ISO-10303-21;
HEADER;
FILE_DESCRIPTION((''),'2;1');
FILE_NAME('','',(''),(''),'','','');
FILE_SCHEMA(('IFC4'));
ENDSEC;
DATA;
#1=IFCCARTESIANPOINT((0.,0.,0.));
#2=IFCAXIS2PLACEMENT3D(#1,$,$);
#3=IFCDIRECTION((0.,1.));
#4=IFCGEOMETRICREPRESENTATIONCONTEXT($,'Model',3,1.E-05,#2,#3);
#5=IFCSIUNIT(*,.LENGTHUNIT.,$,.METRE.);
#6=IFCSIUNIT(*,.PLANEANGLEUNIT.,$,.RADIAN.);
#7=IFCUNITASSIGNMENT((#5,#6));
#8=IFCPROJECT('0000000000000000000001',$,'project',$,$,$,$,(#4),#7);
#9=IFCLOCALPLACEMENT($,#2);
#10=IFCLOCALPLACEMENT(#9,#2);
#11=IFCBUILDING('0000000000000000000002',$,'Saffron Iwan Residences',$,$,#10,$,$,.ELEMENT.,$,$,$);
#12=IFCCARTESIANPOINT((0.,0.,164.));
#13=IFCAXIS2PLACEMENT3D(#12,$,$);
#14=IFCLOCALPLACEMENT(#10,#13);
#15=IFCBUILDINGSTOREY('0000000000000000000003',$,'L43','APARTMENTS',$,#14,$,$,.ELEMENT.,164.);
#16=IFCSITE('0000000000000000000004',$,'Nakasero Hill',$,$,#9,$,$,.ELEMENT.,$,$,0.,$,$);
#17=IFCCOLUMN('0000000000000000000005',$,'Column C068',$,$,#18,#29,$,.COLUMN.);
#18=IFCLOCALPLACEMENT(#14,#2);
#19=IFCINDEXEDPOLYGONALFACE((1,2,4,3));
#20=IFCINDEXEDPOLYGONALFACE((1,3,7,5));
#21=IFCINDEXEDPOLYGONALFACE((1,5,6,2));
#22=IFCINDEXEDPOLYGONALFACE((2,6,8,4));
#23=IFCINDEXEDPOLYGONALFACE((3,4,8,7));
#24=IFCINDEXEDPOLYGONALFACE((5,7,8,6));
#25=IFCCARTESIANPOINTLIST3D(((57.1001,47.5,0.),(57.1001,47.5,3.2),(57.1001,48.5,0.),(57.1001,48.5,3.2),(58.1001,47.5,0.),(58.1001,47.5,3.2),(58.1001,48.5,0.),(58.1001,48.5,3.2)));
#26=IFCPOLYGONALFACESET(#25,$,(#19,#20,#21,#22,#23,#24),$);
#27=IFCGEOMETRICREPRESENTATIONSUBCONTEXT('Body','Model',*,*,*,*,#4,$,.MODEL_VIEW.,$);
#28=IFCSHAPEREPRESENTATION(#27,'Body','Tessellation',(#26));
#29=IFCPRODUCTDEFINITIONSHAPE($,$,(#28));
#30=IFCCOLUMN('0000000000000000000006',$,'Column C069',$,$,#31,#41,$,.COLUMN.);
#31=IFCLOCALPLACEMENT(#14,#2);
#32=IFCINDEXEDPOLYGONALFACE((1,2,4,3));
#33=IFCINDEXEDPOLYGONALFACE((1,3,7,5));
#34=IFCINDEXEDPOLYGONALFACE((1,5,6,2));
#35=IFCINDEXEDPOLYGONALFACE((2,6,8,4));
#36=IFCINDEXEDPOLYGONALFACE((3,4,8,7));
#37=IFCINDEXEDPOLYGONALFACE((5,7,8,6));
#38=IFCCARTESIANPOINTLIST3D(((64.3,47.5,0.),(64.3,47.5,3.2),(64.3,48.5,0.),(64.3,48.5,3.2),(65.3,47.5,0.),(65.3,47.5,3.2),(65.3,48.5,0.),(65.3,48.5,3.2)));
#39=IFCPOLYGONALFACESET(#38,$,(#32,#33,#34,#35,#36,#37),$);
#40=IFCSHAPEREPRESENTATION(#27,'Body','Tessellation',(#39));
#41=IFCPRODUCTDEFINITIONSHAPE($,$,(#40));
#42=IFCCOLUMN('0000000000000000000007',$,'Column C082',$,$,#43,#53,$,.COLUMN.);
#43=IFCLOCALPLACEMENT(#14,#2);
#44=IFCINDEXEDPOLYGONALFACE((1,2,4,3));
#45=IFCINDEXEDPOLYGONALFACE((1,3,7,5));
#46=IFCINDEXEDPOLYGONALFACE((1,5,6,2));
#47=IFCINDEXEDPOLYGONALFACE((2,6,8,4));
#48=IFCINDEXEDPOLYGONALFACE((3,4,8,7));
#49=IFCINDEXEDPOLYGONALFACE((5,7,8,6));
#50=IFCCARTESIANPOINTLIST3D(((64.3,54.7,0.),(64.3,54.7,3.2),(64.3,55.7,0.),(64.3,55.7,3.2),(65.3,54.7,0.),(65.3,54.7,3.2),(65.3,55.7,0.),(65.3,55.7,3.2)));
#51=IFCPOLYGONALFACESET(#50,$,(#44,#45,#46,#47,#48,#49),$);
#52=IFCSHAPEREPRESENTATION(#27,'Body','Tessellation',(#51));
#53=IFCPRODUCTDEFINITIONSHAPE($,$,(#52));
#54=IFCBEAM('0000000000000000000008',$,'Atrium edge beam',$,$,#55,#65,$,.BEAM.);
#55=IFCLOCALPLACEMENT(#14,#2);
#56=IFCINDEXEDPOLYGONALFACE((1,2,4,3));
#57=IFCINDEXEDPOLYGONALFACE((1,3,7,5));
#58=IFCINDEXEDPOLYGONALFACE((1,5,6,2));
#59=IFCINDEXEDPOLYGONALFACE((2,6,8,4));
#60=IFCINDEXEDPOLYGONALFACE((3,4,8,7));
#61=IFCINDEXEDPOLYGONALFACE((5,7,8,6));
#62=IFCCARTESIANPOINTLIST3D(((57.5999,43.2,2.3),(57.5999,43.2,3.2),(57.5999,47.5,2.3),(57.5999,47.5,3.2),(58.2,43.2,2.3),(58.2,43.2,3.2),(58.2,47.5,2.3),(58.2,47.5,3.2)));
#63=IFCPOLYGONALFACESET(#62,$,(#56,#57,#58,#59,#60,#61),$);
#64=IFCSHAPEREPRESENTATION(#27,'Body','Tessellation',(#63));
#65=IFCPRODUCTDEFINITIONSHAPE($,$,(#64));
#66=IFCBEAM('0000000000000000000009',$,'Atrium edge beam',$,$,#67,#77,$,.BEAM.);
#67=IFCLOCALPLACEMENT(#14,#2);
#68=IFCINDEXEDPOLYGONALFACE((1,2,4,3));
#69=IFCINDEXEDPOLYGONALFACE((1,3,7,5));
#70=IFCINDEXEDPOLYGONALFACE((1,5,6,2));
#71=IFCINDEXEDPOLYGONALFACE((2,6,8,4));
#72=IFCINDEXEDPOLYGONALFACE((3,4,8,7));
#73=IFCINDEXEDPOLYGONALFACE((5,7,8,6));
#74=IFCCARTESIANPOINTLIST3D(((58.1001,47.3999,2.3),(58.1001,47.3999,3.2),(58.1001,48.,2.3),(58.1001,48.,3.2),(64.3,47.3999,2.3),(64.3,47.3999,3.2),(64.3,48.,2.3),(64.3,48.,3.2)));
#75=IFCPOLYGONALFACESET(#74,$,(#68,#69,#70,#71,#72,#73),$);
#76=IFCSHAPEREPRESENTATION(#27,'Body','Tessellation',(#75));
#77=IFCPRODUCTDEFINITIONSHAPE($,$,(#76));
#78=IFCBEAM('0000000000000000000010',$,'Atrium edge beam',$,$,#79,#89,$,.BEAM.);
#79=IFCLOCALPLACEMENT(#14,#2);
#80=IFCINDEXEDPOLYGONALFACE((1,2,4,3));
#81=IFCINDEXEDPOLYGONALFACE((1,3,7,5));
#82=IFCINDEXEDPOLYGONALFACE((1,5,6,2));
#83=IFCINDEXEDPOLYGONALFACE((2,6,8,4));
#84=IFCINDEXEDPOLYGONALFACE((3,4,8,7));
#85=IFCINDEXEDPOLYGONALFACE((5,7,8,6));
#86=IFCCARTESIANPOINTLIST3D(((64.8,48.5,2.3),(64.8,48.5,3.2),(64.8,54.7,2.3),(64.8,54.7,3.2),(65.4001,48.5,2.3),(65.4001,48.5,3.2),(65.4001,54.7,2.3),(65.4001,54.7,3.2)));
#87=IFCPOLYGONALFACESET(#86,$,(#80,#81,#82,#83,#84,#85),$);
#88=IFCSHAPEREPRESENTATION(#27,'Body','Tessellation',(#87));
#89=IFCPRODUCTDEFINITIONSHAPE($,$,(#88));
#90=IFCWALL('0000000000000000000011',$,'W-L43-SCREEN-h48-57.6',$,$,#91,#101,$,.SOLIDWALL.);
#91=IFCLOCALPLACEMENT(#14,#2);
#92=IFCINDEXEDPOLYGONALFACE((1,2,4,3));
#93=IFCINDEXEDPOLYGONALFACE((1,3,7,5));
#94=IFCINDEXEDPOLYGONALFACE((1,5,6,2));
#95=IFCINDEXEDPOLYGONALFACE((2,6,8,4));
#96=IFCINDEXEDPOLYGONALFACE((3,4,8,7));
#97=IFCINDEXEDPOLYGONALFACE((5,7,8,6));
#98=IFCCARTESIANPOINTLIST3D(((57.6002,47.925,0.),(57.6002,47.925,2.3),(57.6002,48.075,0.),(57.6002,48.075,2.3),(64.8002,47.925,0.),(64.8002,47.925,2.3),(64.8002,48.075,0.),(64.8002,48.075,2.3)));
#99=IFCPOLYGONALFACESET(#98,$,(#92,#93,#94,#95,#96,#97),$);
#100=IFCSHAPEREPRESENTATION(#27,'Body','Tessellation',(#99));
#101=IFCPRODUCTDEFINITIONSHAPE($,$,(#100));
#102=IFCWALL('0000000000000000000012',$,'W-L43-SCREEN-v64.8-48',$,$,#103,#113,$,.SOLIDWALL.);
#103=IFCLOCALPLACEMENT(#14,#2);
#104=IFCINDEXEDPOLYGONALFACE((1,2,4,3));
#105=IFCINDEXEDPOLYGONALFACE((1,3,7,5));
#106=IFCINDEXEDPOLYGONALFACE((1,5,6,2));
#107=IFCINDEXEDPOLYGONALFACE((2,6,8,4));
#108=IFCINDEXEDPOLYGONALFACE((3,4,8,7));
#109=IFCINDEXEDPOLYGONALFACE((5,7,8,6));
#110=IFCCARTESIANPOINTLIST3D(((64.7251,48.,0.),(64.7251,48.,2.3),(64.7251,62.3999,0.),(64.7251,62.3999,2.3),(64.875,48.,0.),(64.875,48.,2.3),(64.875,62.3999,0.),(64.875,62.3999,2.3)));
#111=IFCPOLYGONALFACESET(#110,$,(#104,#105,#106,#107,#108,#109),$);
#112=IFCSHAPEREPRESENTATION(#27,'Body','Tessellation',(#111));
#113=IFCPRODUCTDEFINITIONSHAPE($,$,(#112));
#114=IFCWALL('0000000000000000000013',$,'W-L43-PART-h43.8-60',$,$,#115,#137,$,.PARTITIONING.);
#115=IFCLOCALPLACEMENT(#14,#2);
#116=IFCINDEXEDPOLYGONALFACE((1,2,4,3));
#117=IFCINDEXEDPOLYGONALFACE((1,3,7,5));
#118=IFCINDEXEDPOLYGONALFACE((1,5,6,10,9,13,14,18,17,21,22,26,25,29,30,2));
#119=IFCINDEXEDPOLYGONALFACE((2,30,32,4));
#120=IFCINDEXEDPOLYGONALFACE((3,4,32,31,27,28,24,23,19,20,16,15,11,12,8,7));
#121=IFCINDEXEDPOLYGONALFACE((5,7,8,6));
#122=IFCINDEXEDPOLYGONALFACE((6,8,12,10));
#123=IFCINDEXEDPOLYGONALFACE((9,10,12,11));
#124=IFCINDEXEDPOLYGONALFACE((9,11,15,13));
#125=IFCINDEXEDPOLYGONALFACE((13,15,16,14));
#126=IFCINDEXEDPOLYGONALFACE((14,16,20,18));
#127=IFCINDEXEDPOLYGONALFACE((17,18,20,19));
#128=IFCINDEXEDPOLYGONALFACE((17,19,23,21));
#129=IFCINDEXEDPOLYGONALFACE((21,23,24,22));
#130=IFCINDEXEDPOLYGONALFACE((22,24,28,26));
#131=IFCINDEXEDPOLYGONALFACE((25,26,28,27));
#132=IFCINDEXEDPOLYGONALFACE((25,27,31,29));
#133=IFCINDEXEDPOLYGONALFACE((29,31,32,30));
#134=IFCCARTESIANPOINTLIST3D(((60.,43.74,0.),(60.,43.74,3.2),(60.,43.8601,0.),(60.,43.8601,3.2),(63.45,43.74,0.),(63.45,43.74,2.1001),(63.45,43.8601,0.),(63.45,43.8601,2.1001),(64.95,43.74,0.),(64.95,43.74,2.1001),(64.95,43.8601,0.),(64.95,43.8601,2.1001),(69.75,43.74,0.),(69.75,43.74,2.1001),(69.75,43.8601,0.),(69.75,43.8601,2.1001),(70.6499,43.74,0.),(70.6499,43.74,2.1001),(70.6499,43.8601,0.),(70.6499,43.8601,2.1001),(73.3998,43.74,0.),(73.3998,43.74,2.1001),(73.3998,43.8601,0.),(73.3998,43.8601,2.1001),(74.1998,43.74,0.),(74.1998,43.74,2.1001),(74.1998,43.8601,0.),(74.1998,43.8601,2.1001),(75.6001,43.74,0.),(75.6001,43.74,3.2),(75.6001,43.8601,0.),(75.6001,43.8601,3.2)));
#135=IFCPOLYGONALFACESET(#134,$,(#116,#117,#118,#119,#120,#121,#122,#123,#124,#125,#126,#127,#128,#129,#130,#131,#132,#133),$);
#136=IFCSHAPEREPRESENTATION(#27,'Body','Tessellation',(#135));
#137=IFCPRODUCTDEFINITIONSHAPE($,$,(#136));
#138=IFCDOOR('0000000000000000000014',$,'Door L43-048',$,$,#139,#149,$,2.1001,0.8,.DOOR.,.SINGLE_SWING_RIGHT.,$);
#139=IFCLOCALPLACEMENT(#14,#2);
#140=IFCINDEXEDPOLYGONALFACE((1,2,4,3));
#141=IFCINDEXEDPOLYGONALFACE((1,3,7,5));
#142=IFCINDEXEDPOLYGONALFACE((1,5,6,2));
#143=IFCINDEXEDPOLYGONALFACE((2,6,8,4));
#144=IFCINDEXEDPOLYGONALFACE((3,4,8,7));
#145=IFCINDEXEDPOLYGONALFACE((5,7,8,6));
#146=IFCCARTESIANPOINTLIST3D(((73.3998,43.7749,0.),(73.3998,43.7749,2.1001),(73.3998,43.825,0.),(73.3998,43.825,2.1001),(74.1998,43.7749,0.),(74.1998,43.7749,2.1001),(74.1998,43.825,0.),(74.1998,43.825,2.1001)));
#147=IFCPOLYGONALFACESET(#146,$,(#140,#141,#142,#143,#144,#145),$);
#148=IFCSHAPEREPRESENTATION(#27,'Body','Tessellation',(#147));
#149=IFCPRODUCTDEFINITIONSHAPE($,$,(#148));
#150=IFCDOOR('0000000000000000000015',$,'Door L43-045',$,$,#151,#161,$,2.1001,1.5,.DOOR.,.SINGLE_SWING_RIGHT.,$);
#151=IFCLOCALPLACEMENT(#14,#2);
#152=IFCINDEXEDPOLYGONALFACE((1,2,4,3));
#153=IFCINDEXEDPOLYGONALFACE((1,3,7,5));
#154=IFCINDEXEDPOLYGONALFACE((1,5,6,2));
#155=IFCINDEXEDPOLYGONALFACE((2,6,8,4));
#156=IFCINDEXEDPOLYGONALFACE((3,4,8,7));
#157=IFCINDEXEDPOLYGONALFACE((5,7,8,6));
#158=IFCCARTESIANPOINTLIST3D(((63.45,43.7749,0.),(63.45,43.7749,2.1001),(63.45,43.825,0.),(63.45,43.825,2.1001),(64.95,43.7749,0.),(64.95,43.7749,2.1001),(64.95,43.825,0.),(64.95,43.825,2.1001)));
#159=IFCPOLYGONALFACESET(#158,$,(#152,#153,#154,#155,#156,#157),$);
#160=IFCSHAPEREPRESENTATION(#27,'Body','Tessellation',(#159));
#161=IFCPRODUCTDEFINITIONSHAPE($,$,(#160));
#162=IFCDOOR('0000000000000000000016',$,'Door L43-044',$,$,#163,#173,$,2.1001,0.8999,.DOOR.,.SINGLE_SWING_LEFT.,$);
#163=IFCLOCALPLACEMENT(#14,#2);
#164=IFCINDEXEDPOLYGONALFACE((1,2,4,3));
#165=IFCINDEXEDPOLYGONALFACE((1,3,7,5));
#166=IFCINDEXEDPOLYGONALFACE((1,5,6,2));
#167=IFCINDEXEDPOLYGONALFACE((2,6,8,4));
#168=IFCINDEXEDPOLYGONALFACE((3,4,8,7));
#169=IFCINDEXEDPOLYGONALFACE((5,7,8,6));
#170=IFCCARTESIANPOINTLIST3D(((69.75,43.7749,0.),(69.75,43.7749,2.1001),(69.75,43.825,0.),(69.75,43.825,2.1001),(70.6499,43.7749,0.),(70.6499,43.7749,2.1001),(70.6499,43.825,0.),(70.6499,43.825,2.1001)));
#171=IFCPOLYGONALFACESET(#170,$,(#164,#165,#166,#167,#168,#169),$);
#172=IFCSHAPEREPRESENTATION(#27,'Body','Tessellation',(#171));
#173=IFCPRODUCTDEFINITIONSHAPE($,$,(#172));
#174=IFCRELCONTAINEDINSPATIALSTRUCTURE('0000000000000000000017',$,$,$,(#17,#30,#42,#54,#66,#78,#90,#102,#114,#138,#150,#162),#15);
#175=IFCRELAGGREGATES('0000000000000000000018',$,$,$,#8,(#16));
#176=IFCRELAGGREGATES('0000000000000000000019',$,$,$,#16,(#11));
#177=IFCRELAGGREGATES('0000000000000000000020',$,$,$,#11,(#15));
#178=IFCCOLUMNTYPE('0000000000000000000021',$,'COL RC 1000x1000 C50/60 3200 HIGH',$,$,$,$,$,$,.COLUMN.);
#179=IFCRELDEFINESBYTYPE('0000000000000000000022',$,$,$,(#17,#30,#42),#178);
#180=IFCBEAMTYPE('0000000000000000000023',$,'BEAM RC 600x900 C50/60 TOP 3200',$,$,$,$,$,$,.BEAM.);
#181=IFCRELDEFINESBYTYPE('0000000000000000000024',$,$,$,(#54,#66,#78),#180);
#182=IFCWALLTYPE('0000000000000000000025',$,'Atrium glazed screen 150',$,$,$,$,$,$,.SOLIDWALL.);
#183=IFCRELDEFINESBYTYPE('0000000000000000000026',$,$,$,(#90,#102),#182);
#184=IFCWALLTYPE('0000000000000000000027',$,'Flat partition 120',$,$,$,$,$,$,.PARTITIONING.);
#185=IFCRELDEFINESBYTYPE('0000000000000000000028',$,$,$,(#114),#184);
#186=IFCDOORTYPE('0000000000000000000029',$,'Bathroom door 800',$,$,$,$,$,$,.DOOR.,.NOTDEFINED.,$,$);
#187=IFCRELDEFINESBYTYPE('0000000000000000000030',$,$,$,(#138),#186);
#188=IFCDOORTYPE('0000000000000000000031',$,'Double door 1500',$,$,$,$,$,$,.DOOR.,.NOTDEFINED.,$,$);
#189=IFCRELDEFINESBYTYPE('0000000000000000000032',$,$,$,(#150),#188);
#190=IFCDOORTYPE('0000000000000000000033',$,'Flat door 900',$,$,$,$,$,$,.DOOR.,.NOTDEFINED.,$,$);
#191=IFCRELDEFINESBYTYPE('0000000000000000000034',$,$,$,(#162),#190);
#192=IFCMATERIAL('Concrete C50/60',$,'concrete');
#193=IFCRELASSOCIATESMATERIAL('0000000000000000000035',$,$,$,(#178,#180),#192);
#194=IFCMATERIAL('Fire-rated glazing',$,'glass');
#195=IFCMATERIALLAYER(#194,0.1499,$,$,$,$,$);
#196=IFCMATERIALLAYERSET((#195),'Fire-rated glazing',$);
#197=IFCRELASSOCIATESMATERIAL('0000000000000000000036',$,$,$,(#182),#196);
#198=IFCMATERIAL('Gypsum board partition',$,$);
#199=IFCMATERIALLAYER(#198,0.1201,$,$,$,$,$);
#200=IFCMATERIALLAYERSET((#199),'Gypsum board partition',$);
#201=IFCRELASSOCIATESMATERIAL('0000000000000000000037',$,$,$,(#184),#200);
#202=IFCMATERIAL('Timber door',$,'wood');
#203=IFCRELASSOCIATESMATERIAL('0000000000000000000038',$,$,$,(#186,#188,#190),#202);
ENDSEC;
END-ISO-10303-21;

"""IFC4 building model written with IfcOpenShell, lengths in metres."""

from ifc_helpers import new_model, si_unit, direction, frame, frame_2d, origin, origin_2d, place, context, subcontext, project, spatial, rectangle, extrude, source, transform, mapped, material, layer, layer_set, material_profile, profile_set, type_object, element, fill, save


model = new_model("IFC4")

# Units and contexts
model_context = context("Model", 3, precision=1e-05, world=origin(), true_north=direction((0.0, 1.0)))
body_context = subcontext(model_context, "Body", "Model", "MODEL_VIEW")
ifc_project = project(units=[si_unit("LENGTHUNIT", "METRE"), si_unit("PLANEANGLEUNIT", "RADIAN")], contexts=[model_context])

# Site, building, storey
site_placement = place(None, origin())
site = spatial("IfcSite", under=ifc_project, at=site_placement, Name="Nakasero Hill", CompositionType="ELEMENT", RefElevation=0.0)
building_placement = place(site_placement, origin())
building = spatial("IfcBuilding", under=site, at=building_placement, Name="Saffron Iwan Residences", CompositionType="ELEMENT")
storey_placement = place(building_placement, frame((0.0, 0.0, 164.0)))
storey = spatial("IfcBuildingStorey", under=building, at=storey_placement, Name="L43", Description="APARTMENTS", CompositionType="ELEMENT", Elevation=164.0)

# Columns
ifc_material_1 = material(Name="Concrete C50/60", Category="concrete")
ifc_material_profile_1 = material_profile(ifc_material_1, rectangle(XDim=1.0, YDim=1.0, at=origin_2d()), Name="RC 1000x1000")
ifc_profile_set_1 = profile_set([ifc_material_profile_1], Name="Concrete C50/60")
column_type = type_object("IfcColumnType", Name="COL RC 1000x1000 C50/60 3200 HIGH", PredefinedType="COLUMN", material=ifc_profile_set_1)
shared_shape_1 = source(origin(), body_context, "Body", "SweptSolid", [
    extrude(rectangle(XDim=1.0, YDim=1.0, at=origin_2d()), origin(), (0.0, 0.0, 1.0), 3.2),
])
for number, where, z_axis, x_axis, name in (
    (1, (57.6001, 48.0, 0.0), (0.0, 0.0, 1.0), (1.0, 0.0, 0.0), "Column C068"),
    (2, (64.8, 48.0, 0.0), (0.0, 0.0, 1.0), (1.0, 0.0, 0.0), "Column C069"),
    (3, (64.8, 55.2, 0.0), (0.0, 0.0, 1.0), (1.0, 0.0, 0.0), "Column C082"),
):
    element("IfcColumn", number, at=place(storey_placement, frame(where, z_axis=z_axis, x_axis=x_axis)), inside=storey, type_object=column_type, Name=name, PredefinedType="COLUMN", context=body_context, shape_type="MappedRepresentation", body=[
        mapped(shared_shape_1, transform((0.0, 0.0, 0.0))),
    ])

# Beams
ifc_material_profile_2 = material_profile(ifc_material_1, rectangle(XDim=0.6001, YDim=0.8999, at=origin_2d()), Name="RC 600x900")
ifc_profile_set_2 = profile_set([ifc_material_profile_2], Name="Concrete C50/60")
beam_type = type_object("IfcBeamType", Name="BEAM RC 600x900 C50/60 TOP 3200", PredefinedType="BEAM", material=ifc_profile_set_2)
shared_shape_2 = source(origin(), body_context, "Body", "SweptSolid", [
    extrude(rectangle(XDim=0.6001, YDim=0.8999, at=origin_2d()), origin(), (0.0, 0.0, 1.0), 4.3),
])
beam_placement = place(storey_placement, frame((57.8999, 47.5, 2.75), z_axis=(0.0, -1.0, 0.0), x_axis=(1.0, 0.0, 0.0)))
element("IfcBeam", 4, at=beam_placement, inside=storey, type_object=beam_type, Name="Atrium edge beam", PredefinedType="BEAM", context=body_context, shape_type="MappedRepresentation", body=[
    mapped(shared_shape_2, transform((0.0, 0.0, 0.0))),
])
shared_shape_3 = source(origin(), body_context, "Body", "SweptSolid", [
    extrude(rectangle(XDim=0.6001, YDim=0.8999, at=origin_2d()), origin(), (0.0, 0.0, 1.0), 6.2),
])
for number, where, z_axis, x_axis, name in (
    (5, (64.3, 47.7, 2.75), (-1.0, 0.0, 0.0), (0.0, -1.0, 0.0), "Atrium edge beam"),
    (6, (65.1001, 54.7, 2.75), (0.0, -1.0, 0.0), (1.0, 0.0, 0.0), "Atrium edge beam"),
):
    element("IfcBeam", number, at=place(storey_placement, frame(where, z_axis=z_axis, x_axis=x_axis)), inside=storey, type_object=beam_type, Name=name, PredefinedType="BEAM", context=body_context, shape_type="MappedRepresentation", body=[
        mapped(shared_shape_3, transform((0.0, 0.0, 0.0))),
    ])

# Walls
ifc_material_2 = material(Name="Fire-rated glazing", Category="glass")
ifc_layer_1 = layer(ifc_material_2, 0.1499)
ifc_layer_set_1 = layer_set([ifc_layer_1], Name="Fire-rated glazing")
wall_type_1 = type_object("IfcWallType", Name="Atrium glazed screen 150", PredefinedType="SOLIDWALL", material=ifc_layer_set_1)
wall_1_placement = place(storey_placement, frame((57.6001, 48.0, 0.0), z_axis=(0.0, 0.0, 1.0), x_axis=(1.0, 0.0, 0.0)))
element("IfcWall", 7, at=wall_1_placement, inside=storey, type_object=wall_type_1, Name="W-L43-SCREEN-h48-57.6", PredefinedType="SOLIDWALL", context=body_context, shape_type="SweptSolid", body=[
    extrude(rectangle(XDim=7.2, YDim=0.1499, at=frame_2d((3.6001, 0.0))), origin(), (0.0, 0.0, 1.0), 2.3),
])
wall_2_placement = place(storey_placement, frame((64.8, 48.0, 0.0), z_axis=(0.0, 0.0, 1.0), x_axis=(0.0, 1.0, 0.0)))
element("IfcWall", 8, at=wall_2_placement, inside=storey, type_object=wall_type_1, Name="W-L43-SCREEN-v64.8-48", PredefinedType="SOLIDWALL", context=body_context, shape_type="SweptSolid", body=[
    extrude(rectangle(XDim=14.3999, YDim=0.1499, at=frame_2d((7.2, 0.0))), origin(), (0.0, 0.0, 1.0), 2.3),
])

# Wall, openings, doors
ifc_material_3 = material(Name="Gypsum board partition")
ifc_layer_2 = layer(ifc_material_3, 0.1201)
ifc_layer_set_2 = layer_set([ifc_layer_2], Name="Gypsum board partition")
wall_type_2 = type_object("IfcWallType", Name="Flat partition 120", PredefinedType="PARTITIONING", material=ifc_layer_set_2)
wall_3_placement = place(storey_placement, frame((60.0, 43.8, 0.0), z_axis=(0.0, 0.0, 1.0), x_axis=(1.0, 0.0, 0.0)))
wall_3 = element("IfcWall", 9, at=wall_3_placement, inside=storey, type_object=wall_type_2, Name="W-L43-PART-h43.8-60", PredefinedType="PARTITIONING", context=body_context, shape_type="SweptSolid", body=[
    extrude(rectangle(XDim=15.6001, YDim=0.1201, at=frame_2d((7.8, 0.0))), origin(), (0.0, 0.0, 1.0), 3.2),
])
opening_1_placement = place(wall_3_placement, frame((9.75, 0.0, 0.0)))
opening_1 = element("IfcOpeningElement", 10, at=opening_1_placement, cuts=wall_3, PredefinedType="OPENING", context=body_context, shape_type="SweptSolid", body=[
    extrude(rectangle(XDim=0.8999, YDim=2.1001, at=frame_2d((0.45, 1.05))), frame((0.0, 0.0701, 0.0), z_axis=(0.0, -1.0, 0.0), x_axis=(1.0, 0.0, 0.0)), (0.0, 0.0, 1.0), 0.1401),
])
opening_2_placement = place(wall_3_placement, frame((3.45, 0.0, 0.0)))
opening_2 = element("IfcOpeningElement", 11, at=opening_2_placement, cuts=wall_3, PredefinedType="OPENING", context=body_context, shape_type="SweptSolid", body=[
    extrude(rectangle(XDim=1.5, YDim=2.1001, at=frame_2d((0.75, 1.05))), frame((0.0, 0.0701, 0.0), z_axis=(0.0, -1.0, 0.0), x_axis=(1.0, 0.0, 0.0)), (0.0, 0.0, 1.0), 0.1401),
])
opening_3_placement = place(wall_3_placement, frame((13.3999, 0.0, 0.0)))
opening_3 = element("IfcOpeningElement", 12, at=opening_3_placement, cuts=wall_3, PredefinedType="OPENING", context=body_context, shape_type="SweptSolid", body=[
    extrude(rectangle(XDim=0.8, YDim=2.1001, at=frame_2d((0.3999, 1.05))), frame((0.0, 0.0701, 0.0), z_axis=(0.0, -1.0, 0.0), x_axis=(1.0, 0.0, 0.0)), (0.0, 0.0, 1.0), 0.1401),
])
ifc_material_4 = material(Name="Timber door", Category="wood")
door_type_1 = type_object("IfcDoorType", Name="Bathroom door 800", OperationType="NOTDEFINED", PredefinedType="DOOR", material=ifc_material_4)
door_1_placement = place(opening_3_placement, origin())
door_1 = element("IfcDoor", 13, at=door_1_placement, inside=storey, type_object=door_type_1, Name="Door L43-048", OperationType="SINGLE_SWING_RIGHT", OverallHeight=2.1001, OverallWidth=0.8, PredefinedType="DOOR", context=body_context, shape_type="SweptSolid", body=[
    extrude(rectangle(XDim=0.8, YDim=2.1001, at=frame_2d((0.3999, 1.05))), frame((0.0, 0.0249, 0.0), z_axis=(0.0, -1.0, 0.0), x_axis=(1.0, 0.0, 0.0)), (0.0, 0.0, 1.0), 0.05),
])
fill(opening_3, door_1)
door_type_2 = type_object("IfcDoorType", Name="Double door 1500", OperationType="NOTDEFINED", PredefinedType="DOOR", material=ifc_material_4)
door_2_placement = place(opening_2_placement, origin())
door_2 = element("IfcDoor", 14, at=door_2_placement, inside=storey, type_object=door_type_2, Name="Door L43-045", OperationType="SINGLE_SWING_RIGHT", OverallHeight=2.1001, OverallWidth=1.5, PredefinedType="DOOR", context=body_context, shape_type="SweptSolid", body=[
    extrude(rectangle(XDim=1.5, YDim=2.1001, at=frame_2d((0.75, 1.05))), frame((0.0, 0.0249, 0.0), z_axis=(0.0, -1.0, 0.0), x_axis=(1.0, 0.0, 0.0)), (0.0, 0.0, 1.0), 0.05),
])
fill(opening_2, door_2)
door_type_3 = type_object("IfcDoorType", Name="Flat door 900", OperationType="NOTDEFINED", PredefinedType="DOOR", material=ifc_material_4)
door_3_placement = place(opening_1_placement, origin())
door_3 = element("IfcDoor", 15, at=door_3_placement, inside=storey, type_object=door_type_3, Name="Door L43-044", OperationType="SINGLE_SWING_LEFT", OverallHeight=2.1001, OverallWidth=0.8999, PredefinedType="DOOR", context=body_context, shape_type="SweptSolid", body=[
    extrude(rectangle(XDim=0.8999, YDim=2.1001, at=frame_2d((0.45, 1.05))), frame((0.0, 0.0249, 0.0), z_axis=(0.0, -1.0, 0.0), x_axis=(1.0, 0.0, 0.0)), (0.0, 0.0, 1.0), 0.05),
])
fill(opening_1, door_3)

save(model, "model.ifc")
